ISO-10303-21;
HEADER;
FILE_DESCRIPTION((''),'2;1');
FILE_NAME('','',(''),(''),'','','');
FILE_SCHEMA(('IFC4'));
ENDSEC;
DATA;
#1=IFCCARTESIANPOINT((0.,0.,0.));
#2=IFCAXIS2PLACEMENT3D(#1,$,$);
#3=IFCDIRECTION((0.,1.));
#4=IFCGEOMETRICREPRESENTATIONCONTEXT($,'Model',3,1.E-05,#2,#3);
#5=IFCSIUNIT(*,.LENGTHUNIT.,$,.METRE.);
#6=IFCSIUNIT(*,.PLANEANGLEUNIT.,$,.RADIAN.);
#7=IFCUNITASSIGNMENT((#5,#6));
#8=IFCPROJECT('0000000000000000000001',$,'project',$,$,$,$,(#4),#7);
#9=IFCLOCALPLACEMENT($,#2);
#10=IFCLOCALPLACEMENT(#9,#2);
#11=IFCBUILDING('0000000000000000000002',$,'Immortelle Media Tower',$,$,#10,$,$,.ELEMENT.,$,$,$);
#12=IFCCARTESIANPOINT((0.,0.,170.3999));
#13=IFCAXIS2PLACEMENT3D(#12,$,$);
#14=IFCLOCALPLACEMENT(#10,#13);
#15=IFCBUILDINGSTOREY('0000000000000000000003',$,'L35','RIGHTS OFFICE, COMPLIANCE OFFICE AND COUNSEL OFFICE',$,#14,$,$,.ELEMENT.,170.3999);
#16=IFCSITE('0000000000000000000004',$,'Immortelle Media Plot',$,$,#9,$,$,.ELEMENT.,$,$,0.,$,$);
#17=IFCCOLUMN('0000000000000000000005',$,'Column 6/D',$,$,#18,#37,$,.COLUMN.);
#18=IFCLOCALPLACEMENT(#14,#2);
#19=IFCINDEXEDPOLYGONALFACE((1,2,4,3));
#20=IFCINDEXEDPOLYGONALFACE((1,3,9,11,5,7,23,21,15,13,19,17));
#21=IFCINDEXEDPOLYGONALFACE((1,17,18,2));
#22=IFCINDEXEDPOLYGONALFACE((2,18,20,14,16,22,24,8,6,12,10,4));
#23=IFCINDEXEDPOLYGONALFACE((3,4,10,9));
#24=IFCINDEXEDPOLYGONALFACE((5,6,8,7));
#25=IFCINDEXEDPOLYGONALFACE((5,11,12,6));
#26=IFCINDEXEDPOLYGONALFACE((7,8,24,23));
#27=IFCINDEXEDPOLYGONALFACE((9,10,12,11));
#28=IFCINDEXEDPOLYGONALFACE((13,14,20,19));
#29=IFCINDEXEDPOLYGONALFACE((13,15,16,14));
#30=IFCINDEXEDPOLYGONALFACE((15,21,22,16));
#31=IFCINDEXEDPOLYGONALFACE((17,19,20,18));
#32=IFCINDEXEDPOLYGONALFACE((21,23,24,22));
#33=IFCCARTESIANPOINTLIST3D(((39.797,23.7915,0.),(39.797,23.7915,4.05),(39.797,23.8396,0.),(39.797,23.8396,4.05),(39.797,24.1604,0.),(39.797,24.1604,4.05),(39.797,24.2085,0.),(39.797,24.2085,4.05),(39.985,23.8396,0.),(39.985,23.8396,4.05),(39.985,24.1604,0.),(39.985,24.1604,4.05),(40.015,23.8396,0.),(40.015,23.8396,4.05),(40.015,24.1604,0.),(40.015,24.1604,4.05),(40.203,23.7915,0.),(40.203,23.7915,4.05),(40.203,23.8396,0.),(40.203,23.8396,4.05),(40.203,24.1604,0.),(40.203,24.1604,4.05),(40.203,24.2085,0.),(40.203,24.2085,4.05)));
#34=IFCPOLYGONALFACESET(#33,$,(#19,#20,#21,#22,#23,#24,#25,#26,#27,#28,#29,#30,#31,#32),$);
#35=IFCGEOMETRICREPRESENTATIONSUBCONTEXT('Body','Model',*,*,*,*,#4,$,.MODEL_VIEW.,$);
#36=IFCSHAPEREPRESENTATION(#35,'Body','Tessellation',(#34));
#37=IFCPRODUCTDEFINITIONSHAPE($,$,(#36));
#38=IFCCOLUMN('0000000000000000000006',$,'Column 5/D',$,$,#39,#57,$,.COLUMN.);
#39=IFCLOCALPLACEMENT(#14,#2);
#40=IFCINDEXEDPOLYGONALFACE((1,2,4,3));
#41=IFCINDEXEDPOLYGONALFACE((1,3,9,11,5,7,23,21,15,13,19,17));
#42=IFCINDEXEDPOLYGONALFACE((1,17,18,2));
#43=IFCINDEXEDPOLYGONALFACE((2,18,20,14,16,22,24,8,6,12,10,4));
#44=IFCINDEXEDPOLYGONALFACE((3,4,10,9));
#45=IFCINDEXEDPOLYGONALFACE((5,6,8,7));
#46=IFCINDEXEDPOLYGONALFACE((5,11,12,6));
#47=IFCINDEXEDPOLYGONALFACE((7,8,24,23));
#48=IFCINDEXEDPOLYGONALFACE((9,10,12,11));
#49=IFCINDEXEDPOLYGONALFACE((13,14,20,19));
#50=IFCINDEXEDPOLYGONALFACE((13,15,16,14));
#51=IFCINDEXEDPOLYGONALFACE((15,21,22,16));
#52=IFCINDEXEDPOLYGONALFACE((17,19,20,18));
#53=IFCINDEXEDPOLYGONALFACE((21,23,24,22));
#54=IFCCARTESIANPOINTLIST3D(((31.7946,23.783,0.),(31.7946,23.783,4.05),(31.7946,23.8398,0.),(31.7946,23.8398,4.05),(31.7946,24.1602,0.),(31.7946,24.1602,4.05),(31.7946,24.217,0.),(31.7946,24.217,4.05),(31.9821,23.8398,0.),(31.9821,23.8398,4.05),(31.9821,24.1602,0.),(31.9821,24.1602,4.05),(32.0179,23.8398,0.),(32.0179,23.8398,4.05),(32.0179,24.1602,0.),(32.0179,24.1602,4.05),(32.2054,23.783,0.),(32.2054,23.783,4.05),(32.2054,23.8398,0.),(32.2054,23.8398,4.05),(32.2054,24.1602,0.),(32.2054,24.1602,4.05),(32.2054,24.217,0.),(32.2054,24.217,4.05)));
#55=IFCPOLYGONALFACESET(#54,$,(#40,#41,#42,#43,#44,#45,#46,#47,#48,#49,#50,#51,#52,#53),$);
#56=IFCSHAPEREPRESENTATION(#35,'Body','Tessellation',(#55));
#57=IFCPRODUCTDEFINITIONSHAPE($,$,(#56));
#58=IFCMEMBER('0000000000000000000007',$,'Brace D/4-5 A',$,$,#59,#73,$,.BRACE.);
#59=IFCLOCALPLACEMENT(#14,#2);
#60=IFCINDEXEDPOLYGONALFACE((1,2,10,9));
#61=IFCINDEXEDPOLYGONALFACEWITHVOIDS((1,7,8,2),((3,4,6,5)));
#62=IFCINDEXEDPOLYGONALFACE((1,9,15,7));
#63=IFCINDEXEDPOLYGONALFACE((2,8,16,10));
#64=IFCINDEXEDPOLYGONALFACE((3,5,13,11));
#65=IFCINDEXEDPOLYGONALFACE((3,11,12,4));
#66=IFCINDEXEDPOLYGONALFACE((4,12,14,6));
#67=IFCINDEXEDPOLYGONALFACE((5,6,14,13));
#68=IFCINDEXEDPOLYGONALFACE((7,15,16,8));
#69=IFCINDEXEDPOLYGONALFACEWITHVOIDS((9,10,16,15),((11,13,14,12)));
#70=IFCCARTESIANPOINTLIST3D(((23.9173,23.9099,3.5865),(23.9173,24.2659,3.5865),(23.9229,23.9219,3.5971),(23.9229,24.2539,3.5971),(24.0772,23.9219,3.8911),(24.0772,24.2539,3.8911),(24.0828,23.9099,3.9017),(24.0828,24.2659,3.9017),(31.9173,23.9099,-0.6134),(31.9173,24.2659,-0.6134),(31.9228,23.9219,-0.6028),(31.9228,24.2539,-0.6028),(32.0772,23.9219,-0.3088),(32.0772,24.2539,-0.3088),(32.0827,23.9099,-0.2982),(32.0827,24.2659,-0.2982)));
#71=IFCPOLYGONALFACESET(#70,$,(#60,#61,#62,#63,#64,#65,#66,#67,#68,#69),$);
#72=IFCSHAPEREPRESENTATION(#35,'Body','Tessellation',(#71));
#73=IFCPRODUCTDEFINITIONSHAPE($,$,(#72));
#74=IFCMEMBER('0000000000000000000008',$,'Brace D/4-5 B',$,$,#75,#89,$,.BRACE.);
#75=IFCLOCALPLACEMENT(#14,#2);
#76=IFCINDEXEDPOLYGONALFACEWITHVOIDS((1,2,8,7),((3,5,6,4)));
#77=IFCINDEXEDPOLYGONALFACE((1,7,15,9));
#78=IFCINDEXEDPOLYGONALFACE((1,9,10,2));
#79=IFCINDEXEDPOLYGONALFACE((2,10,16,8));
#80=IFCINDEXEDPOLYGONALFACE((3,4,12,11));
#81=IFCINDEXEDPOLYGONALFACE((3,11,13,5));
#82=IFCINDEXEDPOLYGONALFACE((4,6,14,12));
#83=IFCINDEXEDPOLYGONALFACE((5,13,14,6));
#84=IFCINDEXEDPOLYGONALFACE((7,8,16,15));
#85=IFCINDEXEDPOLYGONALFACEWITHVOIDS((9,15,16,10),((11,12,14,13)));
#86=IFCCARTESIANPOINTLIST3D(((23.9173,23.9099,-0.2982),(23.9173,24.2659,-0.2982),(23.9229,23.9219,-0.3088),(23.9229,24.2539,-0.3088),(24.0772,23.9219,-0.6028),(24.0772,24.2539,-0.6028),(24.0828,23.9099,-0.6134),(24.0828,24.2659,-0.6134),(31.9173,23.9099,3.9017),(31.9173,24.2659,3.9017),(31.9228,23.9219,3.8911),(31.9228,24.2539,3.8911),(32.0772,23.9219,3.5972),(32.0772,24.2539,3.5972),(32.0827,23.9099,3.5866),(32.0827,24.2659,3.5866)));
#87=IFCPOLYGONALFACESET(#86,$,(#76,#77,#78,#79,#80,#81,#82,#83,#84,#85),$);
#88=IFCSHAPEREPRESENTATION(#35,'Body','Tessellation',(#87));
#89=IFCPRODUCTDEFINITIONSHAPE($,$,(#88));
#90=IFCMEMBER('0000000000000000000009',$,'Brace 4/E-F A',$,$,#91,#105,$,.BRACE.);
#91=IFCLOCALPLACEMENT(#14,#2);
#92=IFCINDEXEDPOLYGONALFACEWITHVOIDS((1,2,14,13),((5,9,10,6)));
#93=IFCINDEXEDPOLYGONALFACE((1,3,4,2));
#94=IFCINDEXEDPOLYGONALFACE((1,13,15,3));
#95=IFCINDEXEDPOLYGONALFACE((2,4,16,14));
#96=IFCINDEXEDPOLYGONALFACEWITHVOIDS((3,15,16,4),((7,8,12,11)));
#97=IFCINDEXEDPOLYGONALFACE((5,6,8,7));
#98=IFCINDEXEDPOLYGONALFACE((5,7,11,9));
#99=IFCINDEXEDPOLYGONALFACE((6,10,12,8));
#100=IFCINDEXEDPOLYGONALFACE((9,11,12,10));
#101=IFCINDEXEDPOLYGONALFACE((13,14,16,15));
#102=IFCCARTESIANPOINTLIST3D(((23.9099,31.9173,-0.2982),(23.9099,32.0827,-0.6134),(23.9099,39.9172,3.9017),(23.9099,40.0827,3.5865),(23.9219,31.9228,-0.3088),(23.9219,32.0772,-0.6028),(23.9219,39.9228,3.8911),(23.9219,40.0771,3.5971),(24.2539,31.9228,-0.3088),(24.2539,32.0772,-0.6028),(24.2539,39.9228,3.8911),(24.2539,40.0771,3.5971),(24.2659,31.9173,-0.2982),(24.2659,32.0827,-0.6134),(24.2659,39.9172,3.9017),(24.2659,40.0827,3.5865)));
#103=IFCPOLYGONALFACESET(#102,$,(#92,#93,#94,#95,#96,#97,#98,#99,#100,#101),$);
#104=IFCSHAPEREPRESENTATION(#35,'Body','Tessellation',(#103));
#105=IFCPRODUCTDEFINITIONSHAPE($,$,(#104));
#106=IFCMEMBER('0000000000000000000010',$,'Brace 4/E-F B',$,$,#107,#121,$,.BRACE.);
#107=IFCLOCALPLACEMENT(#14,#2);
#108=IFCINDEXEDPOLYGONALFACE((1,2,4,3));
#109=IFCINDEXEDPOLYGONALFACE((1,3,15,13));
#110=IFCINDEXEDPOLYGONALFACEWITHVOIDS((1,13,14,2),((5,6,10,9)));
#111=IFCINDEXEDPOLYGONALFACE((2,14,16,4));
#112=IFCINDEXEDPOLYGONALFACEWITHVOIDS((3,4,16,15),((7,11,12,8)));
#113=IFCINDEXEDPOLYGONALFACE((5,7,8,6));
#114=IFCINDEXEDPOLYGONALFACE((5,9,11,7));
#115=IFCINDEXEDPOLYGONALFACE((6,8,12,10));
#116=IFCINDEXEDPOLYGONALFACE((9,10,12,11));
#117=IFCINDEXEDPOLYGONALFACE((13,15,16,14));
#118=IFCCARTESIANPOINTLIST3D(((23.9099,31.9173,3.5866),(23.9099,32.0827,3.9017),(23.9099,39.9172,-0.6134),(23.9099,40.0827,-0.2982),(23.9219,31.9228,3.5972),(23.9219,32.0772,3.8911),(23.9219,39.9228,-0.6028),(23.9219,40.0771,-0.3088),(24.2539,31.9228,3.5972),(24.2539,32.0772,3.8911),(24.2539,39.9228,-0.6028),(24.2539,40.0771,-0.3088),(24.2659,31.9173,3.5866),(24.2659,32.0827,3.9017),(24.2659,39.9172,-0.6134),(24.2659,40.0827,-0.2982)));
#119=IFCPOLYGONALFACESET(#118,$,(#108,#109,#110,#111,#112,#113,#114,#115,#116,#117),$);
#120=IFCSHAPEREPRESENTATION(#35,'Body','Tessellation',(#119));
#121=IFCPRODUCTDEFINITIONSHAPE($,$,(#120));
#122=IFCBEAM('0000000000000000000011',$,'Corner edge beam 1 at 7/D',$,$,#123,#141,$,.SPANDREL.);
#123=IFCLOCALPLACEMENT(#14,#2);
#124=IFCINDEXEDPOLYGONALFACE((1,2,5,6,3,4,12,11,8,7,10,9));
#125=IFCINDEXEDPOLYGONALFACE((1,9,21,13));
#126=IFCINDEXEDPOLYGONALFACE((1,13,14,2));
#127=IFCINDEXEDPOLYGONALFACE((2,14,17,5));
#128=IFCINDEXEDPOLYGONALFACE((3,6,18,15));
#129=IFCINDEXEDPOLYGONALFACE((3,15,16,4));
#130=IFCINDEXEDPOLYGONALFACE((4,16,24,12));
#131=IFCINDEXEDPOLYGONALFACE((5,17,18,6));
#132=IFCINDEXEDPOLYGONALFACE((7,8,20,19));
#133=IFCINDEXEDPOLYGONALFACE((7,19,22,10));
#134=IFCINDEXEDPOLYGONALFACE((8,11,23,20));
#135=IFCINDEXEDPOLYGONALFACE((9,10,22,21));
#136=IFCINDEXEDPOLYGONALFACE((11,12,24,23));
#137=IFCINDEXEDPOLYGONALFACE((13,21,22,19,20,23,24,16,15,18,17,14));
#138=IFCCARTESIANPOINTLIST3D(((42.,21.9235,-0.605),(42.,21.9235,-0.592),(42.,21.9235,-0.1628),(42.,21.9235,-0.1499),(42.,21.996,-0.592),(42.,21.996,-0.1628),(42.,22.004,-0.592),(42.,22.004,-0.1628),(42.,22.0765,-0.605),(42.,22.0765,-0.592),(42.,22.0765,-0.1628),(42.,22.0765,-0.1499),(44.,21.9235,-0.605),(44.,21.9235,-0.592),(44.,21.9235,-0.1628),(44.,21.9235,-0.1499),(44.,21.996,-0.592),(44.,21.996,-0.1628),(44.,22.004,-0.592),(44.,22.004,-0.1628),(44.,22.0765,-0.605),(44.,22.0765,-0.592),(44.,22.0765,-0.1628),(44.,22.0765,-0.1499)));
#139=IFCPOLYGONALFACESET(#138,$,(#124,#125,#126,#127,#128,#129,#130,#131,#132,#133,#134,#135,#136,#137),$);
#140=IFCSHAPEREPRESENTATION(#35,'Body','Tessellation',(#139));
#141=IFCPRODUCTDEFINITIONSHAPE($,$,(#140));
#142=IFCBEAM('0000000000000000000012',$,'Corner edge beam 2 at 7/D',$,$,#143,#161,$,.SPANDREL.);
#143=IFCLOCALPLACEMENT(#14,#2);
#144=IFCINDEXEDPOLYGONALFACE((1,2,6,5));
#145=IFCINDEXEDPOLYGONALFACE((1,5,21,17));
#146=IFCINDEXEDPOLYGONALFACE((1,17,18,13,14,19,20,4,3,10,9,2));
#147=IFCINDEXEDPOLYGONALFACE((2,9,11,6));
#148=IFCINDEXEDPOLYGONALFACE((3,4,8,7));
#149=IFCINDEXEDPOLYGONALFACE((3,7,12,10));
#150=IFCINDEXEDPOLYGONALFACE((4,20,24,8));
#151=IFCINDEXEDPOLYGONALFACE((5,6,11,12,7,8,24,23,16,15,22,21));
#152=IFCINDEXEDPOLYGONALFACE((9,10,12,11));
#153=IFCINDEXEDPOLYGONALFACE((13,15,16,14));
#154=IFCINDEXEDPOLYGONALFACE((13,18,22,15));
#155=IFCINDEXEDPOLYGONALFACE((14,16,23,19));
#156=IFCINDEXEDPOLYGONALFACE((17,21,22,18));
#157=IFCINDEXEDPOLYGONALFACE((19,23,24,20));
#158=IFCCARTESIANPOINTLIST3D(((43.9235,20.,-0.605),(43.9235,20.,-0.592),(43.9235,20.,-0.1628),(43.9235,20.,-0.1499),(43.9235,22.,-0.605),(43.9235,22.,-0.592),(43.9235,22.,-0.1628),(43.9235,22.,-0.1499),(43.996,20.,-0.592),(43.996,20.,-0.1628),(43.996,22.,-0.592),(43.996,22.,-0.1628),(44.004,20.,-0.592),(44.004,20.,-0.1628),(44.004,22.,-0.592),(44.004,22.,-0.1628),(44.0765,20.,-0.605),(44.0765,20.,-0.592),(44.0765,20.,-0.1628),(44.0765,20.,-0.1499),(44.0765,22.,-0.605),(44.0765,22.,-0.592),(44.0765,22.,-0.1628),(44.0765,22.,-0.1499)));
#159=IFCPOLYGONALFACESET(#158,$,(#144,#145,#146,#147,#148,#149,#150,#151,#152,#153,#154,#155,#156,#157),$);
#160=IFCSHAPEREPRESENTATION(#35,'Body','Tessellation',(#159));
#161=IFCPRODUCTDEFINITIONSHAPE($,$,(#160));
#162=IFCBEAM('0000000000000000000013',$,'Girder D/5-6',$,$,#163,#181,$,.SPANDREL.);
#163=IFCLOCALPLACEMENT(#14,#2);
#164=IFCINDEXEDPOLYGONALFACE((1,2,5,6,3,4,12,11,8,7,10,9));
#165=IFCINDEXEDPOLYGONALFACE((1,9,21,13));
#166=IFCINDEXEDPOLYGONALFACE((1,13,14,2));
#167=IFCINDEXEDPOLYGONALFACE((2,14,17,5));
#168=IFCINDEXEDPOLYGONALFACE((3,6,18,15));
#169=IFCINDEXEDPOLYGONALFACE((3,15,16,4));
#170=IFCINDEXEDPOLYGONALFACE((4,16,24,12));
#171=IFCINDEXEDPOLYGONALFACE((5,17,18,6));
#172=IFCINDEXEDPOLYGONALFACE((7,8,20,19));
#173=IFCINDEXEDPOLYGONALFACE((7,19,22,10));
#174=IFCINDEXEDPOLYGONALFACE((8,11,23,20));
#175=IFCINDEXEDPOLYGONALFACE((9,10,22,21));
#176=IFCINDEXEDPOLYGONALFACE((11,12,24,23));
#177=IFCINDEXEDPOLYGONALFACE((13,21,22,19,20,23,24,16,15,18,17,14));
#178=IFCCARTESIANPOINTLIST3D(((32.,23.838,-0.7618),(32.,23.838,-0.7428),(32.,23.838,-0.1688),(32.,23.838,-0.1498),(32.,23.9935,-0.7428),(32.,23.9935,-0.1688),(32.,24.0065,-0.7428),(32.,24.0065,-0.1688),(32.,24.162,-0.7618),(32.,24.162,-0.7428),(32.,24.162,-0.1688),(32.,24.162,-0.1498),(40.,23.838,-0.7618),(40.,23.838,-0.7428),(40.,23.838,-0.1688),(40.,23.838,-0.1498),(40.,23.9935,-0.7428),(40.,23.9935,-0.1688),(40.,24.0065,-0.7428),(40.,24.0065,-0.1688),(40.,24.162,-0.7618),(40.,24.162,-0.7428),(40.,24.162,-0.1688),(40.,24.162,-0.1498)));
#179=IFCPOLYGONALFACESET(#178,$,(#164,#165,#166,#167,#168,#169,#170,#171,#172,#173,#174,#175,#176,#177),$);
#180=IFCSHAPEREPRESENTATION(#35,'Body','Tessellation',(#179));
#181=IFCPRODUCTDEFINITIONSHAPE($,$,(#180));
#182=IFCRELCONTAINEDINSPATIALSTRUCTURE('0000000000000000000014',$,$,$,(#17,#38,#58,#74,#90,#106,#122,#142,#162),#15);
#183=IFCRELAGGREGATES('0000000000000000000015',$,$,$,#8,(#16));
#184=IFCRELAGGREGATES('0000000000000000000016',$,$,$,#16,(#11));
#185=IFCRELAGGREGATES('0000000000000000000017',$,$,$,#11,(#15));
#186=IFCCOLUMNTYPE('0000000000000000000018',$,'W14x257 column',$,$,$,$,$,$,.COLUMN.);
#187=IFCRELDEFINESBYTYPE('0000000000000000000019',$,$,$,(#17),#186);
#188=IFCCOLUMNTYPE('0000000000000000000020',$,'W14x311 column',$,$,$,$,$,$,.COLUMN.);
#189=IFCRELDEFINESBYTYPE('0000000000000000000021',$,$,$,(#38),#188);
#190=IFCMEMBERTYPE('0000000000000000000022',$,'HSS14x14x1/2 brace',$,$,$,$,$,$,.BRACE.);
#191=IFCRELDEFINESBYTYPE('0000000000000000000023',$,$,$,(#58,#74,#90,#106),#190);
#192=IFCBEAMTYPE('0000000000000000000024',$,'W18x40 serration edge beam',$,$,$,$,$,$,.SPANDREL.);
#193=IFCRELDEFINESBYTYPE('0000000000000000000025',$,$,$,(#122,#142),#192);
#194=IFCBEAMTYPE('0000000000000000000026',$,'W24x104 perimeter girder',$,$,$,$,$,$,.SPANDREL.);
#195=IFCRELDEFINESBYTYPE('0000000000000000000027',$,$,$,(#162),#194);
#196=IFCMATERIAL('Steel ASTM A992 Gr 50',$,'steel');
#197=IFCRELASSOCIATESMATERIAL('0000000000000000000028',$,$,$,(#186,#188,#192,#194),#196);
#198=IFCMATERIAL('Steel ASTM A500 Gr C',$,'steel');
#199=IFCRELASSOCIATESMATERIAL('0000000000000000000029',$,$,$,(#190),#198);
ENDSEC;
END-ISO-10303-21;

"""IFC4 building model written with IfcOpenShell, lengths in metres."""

from ifc_helpers import new_model, si_unit, direction, frame, origin, origin_2d, place, context, subcontext, project, spatial, hollow_rectangle, i_section, extrude, material, material_profile, profile_set, type_object, element, save


model = new_model("IFC4")

# Units and contexts
model_context = context("Model", 3, precision=1e-05, world=origin(), true_north=direction((0.0, 1.0)))
body_context = subcontext(model_context, "Body", "Model", "MODEL_VIEW")
ifc_project = project(units=[si_unit("LENGTHUNIT", "METRE"), si_unit("PLANEANGLEUNIT", "RADIAN")], contexts=[model_context])

# Site, building, storey
site_placement = place(None, origin())
site = spatial("IfcSite", under=ifc_project, at=site_placement, Name="Immortelle Media Plot", CompositionType="ELEMENT", RefElevation=0.0)
building_placement = place(site_placement, origin())
building = spatial("IfcBuilding", under=site, at=building_placement, Name="Immortelle Media Tower", CompositionType="ELEMENT")
storey_placement = place(building_placement, frame((0.0, 0.0, 170.3999)))
storey = spatial("IfcBuildingStorey", under=building, at=storey_placement, Name="L35", Description="RIGHTS OFFICE, COMPLIANCE OFFICE AND COUNSEL OFFICE", CompositionType="ELEMENT", Elevation=170.3999)

# Columns
ifc_material_1 = material(Name="Steel ASTM A992 Gr 50", Category="steel")
ifc_material_profile_1 = material_profile(ifc_material_1, i_section(OverallWidth=0.406, OverallDepth=0.417, WebThickness=0.03, FlangeThickness=0.0481, at=origin_2d()), Name="W14x257")
ifc_profile_set_1 = profile_set([ifc_material_profile_1], Name="Steel ASTM A992 Gr 50")
column_type_1 = type_object("IfcColumnType", Name="W14x257 column", PredefinedType="COLUMN", material=ifc_profile_set_1)
column_1_placement = place(storey_placement, frame((40.0, 24.0, 0.0), z_axis=(0.0, 0.0, 1.0), x_axis=(1.0, 0.0, 0.0)))
element("IfcColumn", 1, at=column_1_placement, inside=storey, type_object=column_type_1, Name="Column 6/D", PredefinedType="COLUMN", context=body_context, shape_type="SweptSolid", body=[
    extrude(i_section(OverallWidth=0.406, OverallDepth=0.417, WebThickness=0.03, FlangeThickness=0.0481, at=origin_2d()), origin(), (0.0, 0.0, 1.0), 4.05),
])
ifc_material_profile_2 = material_profile(ifc_material_1, i_section(OverallWidth=0.4109, OverallDepth=0.4341, WebThickness=0.0359, FlangeThickness=0.0569, at=origin_2d()), Name="W14x311")
ifc_profile_set_2 = profile_set([ifc_material_profile_2], Name="Steel ASTM A992 Gr 50")
column_type_2 = type_object("IfcColumnType", Name="W14x311 column", PredefinedType="COLUMN", material=ifc_profile_set_2)
column_2_placement = place(storey_placement, frame((32.0, 24.0, 0.0), z_axis=(0.0, 0.0, 1.0), x_axis=(1.0, 0.0, 0.0)))
element("IfcColumn", 2, at=column_2_placement, inside=storey, type_object=column_type_2, Name="Column 5/D", PredefinedType="COLUMN", context=body_context, shape_type="SweptSolid", body=[
    extrude(i_section(OverallWidth=0.4109, OverallDepth=0.4341, WebThickness=0.0359, FlangeThickness=0.0569, at=origin_2d()), origin(), (0.0, 0.0, 1.0), 4.05),
])

# Members
ifc_material_2 = material(Name="Steel ASTM A500 Gr C", Category="steel")
ifc_material_profile_3 = material_profile(ifc_material_2, hollow_rectangle(XDim=0.356, YDim=0.356, WallThickness=0.012, at=origin_2d()), Name="HSS14x14x1/2 brace")
ifc_profile_set_3 = profile_set([ifc_material_profile_3], Name="Steel ASTM A500 Gr C")
member_type = type_object("IfcMemberType", Name="HSS14x14x1/2 brace", PredefinedType="BRACE", material=ifc_profile_set_3)
for number, where, z_axis, x_axis, name in (
    (3, (32.0, 24.0879, -0.4558), (-0.8854, 0.0, 0.46483), (0.0, -1.0, 0.0), "Brace D/4-5 A"),
    (4, (32.0, 24.0879, 3.7441), (-0.8854, 0.0, -0.46483), (0.0, -1.0, 0.0), "Brace D/4-5 B"),
    (5, (24.0879, 32.0, -0.4558), (0.0, 0.8854, 0.46483), (-1.0, 0.0, 0.0), "Brace 4/E-F A"),
    (6, (24.0879, 32.0, 3.7441), (0.0, 0.8854, -0.46483), (-1.0, 0.0, 0.0), "Brace 4/E-F B"),
):
    element("IfcMember", number, at=place(storey_placement, frame(where, z_axis=z_axis, x_axis=x_axis)), inside=storey, type_object=member_type, Name=name, PredefinedType="BRACE", context=body_context, shape_type="SweptSolid", body=[
        extrude(hollow_rectangle(XDim=0.356, YDim=0.356, WallThickness=0.012, at=origin_2d()), origin(), (0.0, 0.0, 1.0), 9.0354),
    ])

# Beams
ifc_material_profile_4 = material_profile(ifc_material_1, i_section(OverallWidth=0.1531, OverallDepth=0.4551, WebThickness=0.0081, FlangeThickness=0.0129, at=origin_2d()), Name="W18x40")
ifc_profile_set_4 = profile_set([ifc_material_profile_4], Name="Steel ASTM A992 Gr 50")
beam_type_1 = type_object("IfcBeamType", Name="W18x40 serration edge beam", PredefinedType="SPANDREL", material=ifc_profile_set_4)
for number, where, z_axis, x_axis, name in (
    (7, (42.0, 22.0, -0.3774), (1.0, 0.0, 0.0), (0.0, 1.0, 0.0), "Corner edge beam 1 at 7/D"),
    (8, (44.0, 22.0, -0.3774), (0.0, -1.0, 0.0), (1.0, 0.0, 0.0), "Corner edge beam 2 at 7/D"),
):
    element("IfcBeam", number, at=place(storey_placement, frame(where, z_axis=z_axis, x_axis=x_axis)), inside=storey, type_object=beam_type_1, Name=name, PredefinedType="SPANDREL", context=body_context, shape_type="SweptSolid", body=[
        extrude(i_section(OverallWidth=0.1531, OverallDepth=0.4551, WebThickness=0.0081, FlangeThickness=0.0129, at=origin_2d()), origin(), (0.0, 0.0, 1.0), 2.0),
    ])
ifc_material_profile_5 = material_profile(ifc_material_1, i_section(OverallWidth=0.324, OverallDepth=0.6121, WebThickness=0.0129, FlangeThickness=0.019, at=origin_2d()), Name="W24x104")
ifc_profile_set_5 = profile_set([ifc_material_profile_5], Name="Steel ASTM A992 Gr 50")
beam_type_2 = type_object("IfcBeamType", Name="W24x104 perimeter girder", PredefinedType="SPANDREL", material=ifc_profile_set_5)
beam_1_placement = place(storey_placement, frame((32.0, 24.0, -0.4558), z_axis=(1.0, 0.0, 0.0), x_axis=(0.0, 1.0, 0.0)))
element("IfcBeam", 9, at=beam_1_placement, inside=storey, type_object=beam_type_2, Name="Girder D/5-6", PredefinedType="SPANDREL", context=body_context, shape_type="SweptSolid", body=[
    extrude(i_section(OverallWidth=0.324, OverallDepth=0.6121, WebThickness=0.0129, FlangeThickness=0.019, at=origin_2d()), origin(), (0.0, 0.0, 1.0), 8.0),
])

save(model, "model.ifc")
